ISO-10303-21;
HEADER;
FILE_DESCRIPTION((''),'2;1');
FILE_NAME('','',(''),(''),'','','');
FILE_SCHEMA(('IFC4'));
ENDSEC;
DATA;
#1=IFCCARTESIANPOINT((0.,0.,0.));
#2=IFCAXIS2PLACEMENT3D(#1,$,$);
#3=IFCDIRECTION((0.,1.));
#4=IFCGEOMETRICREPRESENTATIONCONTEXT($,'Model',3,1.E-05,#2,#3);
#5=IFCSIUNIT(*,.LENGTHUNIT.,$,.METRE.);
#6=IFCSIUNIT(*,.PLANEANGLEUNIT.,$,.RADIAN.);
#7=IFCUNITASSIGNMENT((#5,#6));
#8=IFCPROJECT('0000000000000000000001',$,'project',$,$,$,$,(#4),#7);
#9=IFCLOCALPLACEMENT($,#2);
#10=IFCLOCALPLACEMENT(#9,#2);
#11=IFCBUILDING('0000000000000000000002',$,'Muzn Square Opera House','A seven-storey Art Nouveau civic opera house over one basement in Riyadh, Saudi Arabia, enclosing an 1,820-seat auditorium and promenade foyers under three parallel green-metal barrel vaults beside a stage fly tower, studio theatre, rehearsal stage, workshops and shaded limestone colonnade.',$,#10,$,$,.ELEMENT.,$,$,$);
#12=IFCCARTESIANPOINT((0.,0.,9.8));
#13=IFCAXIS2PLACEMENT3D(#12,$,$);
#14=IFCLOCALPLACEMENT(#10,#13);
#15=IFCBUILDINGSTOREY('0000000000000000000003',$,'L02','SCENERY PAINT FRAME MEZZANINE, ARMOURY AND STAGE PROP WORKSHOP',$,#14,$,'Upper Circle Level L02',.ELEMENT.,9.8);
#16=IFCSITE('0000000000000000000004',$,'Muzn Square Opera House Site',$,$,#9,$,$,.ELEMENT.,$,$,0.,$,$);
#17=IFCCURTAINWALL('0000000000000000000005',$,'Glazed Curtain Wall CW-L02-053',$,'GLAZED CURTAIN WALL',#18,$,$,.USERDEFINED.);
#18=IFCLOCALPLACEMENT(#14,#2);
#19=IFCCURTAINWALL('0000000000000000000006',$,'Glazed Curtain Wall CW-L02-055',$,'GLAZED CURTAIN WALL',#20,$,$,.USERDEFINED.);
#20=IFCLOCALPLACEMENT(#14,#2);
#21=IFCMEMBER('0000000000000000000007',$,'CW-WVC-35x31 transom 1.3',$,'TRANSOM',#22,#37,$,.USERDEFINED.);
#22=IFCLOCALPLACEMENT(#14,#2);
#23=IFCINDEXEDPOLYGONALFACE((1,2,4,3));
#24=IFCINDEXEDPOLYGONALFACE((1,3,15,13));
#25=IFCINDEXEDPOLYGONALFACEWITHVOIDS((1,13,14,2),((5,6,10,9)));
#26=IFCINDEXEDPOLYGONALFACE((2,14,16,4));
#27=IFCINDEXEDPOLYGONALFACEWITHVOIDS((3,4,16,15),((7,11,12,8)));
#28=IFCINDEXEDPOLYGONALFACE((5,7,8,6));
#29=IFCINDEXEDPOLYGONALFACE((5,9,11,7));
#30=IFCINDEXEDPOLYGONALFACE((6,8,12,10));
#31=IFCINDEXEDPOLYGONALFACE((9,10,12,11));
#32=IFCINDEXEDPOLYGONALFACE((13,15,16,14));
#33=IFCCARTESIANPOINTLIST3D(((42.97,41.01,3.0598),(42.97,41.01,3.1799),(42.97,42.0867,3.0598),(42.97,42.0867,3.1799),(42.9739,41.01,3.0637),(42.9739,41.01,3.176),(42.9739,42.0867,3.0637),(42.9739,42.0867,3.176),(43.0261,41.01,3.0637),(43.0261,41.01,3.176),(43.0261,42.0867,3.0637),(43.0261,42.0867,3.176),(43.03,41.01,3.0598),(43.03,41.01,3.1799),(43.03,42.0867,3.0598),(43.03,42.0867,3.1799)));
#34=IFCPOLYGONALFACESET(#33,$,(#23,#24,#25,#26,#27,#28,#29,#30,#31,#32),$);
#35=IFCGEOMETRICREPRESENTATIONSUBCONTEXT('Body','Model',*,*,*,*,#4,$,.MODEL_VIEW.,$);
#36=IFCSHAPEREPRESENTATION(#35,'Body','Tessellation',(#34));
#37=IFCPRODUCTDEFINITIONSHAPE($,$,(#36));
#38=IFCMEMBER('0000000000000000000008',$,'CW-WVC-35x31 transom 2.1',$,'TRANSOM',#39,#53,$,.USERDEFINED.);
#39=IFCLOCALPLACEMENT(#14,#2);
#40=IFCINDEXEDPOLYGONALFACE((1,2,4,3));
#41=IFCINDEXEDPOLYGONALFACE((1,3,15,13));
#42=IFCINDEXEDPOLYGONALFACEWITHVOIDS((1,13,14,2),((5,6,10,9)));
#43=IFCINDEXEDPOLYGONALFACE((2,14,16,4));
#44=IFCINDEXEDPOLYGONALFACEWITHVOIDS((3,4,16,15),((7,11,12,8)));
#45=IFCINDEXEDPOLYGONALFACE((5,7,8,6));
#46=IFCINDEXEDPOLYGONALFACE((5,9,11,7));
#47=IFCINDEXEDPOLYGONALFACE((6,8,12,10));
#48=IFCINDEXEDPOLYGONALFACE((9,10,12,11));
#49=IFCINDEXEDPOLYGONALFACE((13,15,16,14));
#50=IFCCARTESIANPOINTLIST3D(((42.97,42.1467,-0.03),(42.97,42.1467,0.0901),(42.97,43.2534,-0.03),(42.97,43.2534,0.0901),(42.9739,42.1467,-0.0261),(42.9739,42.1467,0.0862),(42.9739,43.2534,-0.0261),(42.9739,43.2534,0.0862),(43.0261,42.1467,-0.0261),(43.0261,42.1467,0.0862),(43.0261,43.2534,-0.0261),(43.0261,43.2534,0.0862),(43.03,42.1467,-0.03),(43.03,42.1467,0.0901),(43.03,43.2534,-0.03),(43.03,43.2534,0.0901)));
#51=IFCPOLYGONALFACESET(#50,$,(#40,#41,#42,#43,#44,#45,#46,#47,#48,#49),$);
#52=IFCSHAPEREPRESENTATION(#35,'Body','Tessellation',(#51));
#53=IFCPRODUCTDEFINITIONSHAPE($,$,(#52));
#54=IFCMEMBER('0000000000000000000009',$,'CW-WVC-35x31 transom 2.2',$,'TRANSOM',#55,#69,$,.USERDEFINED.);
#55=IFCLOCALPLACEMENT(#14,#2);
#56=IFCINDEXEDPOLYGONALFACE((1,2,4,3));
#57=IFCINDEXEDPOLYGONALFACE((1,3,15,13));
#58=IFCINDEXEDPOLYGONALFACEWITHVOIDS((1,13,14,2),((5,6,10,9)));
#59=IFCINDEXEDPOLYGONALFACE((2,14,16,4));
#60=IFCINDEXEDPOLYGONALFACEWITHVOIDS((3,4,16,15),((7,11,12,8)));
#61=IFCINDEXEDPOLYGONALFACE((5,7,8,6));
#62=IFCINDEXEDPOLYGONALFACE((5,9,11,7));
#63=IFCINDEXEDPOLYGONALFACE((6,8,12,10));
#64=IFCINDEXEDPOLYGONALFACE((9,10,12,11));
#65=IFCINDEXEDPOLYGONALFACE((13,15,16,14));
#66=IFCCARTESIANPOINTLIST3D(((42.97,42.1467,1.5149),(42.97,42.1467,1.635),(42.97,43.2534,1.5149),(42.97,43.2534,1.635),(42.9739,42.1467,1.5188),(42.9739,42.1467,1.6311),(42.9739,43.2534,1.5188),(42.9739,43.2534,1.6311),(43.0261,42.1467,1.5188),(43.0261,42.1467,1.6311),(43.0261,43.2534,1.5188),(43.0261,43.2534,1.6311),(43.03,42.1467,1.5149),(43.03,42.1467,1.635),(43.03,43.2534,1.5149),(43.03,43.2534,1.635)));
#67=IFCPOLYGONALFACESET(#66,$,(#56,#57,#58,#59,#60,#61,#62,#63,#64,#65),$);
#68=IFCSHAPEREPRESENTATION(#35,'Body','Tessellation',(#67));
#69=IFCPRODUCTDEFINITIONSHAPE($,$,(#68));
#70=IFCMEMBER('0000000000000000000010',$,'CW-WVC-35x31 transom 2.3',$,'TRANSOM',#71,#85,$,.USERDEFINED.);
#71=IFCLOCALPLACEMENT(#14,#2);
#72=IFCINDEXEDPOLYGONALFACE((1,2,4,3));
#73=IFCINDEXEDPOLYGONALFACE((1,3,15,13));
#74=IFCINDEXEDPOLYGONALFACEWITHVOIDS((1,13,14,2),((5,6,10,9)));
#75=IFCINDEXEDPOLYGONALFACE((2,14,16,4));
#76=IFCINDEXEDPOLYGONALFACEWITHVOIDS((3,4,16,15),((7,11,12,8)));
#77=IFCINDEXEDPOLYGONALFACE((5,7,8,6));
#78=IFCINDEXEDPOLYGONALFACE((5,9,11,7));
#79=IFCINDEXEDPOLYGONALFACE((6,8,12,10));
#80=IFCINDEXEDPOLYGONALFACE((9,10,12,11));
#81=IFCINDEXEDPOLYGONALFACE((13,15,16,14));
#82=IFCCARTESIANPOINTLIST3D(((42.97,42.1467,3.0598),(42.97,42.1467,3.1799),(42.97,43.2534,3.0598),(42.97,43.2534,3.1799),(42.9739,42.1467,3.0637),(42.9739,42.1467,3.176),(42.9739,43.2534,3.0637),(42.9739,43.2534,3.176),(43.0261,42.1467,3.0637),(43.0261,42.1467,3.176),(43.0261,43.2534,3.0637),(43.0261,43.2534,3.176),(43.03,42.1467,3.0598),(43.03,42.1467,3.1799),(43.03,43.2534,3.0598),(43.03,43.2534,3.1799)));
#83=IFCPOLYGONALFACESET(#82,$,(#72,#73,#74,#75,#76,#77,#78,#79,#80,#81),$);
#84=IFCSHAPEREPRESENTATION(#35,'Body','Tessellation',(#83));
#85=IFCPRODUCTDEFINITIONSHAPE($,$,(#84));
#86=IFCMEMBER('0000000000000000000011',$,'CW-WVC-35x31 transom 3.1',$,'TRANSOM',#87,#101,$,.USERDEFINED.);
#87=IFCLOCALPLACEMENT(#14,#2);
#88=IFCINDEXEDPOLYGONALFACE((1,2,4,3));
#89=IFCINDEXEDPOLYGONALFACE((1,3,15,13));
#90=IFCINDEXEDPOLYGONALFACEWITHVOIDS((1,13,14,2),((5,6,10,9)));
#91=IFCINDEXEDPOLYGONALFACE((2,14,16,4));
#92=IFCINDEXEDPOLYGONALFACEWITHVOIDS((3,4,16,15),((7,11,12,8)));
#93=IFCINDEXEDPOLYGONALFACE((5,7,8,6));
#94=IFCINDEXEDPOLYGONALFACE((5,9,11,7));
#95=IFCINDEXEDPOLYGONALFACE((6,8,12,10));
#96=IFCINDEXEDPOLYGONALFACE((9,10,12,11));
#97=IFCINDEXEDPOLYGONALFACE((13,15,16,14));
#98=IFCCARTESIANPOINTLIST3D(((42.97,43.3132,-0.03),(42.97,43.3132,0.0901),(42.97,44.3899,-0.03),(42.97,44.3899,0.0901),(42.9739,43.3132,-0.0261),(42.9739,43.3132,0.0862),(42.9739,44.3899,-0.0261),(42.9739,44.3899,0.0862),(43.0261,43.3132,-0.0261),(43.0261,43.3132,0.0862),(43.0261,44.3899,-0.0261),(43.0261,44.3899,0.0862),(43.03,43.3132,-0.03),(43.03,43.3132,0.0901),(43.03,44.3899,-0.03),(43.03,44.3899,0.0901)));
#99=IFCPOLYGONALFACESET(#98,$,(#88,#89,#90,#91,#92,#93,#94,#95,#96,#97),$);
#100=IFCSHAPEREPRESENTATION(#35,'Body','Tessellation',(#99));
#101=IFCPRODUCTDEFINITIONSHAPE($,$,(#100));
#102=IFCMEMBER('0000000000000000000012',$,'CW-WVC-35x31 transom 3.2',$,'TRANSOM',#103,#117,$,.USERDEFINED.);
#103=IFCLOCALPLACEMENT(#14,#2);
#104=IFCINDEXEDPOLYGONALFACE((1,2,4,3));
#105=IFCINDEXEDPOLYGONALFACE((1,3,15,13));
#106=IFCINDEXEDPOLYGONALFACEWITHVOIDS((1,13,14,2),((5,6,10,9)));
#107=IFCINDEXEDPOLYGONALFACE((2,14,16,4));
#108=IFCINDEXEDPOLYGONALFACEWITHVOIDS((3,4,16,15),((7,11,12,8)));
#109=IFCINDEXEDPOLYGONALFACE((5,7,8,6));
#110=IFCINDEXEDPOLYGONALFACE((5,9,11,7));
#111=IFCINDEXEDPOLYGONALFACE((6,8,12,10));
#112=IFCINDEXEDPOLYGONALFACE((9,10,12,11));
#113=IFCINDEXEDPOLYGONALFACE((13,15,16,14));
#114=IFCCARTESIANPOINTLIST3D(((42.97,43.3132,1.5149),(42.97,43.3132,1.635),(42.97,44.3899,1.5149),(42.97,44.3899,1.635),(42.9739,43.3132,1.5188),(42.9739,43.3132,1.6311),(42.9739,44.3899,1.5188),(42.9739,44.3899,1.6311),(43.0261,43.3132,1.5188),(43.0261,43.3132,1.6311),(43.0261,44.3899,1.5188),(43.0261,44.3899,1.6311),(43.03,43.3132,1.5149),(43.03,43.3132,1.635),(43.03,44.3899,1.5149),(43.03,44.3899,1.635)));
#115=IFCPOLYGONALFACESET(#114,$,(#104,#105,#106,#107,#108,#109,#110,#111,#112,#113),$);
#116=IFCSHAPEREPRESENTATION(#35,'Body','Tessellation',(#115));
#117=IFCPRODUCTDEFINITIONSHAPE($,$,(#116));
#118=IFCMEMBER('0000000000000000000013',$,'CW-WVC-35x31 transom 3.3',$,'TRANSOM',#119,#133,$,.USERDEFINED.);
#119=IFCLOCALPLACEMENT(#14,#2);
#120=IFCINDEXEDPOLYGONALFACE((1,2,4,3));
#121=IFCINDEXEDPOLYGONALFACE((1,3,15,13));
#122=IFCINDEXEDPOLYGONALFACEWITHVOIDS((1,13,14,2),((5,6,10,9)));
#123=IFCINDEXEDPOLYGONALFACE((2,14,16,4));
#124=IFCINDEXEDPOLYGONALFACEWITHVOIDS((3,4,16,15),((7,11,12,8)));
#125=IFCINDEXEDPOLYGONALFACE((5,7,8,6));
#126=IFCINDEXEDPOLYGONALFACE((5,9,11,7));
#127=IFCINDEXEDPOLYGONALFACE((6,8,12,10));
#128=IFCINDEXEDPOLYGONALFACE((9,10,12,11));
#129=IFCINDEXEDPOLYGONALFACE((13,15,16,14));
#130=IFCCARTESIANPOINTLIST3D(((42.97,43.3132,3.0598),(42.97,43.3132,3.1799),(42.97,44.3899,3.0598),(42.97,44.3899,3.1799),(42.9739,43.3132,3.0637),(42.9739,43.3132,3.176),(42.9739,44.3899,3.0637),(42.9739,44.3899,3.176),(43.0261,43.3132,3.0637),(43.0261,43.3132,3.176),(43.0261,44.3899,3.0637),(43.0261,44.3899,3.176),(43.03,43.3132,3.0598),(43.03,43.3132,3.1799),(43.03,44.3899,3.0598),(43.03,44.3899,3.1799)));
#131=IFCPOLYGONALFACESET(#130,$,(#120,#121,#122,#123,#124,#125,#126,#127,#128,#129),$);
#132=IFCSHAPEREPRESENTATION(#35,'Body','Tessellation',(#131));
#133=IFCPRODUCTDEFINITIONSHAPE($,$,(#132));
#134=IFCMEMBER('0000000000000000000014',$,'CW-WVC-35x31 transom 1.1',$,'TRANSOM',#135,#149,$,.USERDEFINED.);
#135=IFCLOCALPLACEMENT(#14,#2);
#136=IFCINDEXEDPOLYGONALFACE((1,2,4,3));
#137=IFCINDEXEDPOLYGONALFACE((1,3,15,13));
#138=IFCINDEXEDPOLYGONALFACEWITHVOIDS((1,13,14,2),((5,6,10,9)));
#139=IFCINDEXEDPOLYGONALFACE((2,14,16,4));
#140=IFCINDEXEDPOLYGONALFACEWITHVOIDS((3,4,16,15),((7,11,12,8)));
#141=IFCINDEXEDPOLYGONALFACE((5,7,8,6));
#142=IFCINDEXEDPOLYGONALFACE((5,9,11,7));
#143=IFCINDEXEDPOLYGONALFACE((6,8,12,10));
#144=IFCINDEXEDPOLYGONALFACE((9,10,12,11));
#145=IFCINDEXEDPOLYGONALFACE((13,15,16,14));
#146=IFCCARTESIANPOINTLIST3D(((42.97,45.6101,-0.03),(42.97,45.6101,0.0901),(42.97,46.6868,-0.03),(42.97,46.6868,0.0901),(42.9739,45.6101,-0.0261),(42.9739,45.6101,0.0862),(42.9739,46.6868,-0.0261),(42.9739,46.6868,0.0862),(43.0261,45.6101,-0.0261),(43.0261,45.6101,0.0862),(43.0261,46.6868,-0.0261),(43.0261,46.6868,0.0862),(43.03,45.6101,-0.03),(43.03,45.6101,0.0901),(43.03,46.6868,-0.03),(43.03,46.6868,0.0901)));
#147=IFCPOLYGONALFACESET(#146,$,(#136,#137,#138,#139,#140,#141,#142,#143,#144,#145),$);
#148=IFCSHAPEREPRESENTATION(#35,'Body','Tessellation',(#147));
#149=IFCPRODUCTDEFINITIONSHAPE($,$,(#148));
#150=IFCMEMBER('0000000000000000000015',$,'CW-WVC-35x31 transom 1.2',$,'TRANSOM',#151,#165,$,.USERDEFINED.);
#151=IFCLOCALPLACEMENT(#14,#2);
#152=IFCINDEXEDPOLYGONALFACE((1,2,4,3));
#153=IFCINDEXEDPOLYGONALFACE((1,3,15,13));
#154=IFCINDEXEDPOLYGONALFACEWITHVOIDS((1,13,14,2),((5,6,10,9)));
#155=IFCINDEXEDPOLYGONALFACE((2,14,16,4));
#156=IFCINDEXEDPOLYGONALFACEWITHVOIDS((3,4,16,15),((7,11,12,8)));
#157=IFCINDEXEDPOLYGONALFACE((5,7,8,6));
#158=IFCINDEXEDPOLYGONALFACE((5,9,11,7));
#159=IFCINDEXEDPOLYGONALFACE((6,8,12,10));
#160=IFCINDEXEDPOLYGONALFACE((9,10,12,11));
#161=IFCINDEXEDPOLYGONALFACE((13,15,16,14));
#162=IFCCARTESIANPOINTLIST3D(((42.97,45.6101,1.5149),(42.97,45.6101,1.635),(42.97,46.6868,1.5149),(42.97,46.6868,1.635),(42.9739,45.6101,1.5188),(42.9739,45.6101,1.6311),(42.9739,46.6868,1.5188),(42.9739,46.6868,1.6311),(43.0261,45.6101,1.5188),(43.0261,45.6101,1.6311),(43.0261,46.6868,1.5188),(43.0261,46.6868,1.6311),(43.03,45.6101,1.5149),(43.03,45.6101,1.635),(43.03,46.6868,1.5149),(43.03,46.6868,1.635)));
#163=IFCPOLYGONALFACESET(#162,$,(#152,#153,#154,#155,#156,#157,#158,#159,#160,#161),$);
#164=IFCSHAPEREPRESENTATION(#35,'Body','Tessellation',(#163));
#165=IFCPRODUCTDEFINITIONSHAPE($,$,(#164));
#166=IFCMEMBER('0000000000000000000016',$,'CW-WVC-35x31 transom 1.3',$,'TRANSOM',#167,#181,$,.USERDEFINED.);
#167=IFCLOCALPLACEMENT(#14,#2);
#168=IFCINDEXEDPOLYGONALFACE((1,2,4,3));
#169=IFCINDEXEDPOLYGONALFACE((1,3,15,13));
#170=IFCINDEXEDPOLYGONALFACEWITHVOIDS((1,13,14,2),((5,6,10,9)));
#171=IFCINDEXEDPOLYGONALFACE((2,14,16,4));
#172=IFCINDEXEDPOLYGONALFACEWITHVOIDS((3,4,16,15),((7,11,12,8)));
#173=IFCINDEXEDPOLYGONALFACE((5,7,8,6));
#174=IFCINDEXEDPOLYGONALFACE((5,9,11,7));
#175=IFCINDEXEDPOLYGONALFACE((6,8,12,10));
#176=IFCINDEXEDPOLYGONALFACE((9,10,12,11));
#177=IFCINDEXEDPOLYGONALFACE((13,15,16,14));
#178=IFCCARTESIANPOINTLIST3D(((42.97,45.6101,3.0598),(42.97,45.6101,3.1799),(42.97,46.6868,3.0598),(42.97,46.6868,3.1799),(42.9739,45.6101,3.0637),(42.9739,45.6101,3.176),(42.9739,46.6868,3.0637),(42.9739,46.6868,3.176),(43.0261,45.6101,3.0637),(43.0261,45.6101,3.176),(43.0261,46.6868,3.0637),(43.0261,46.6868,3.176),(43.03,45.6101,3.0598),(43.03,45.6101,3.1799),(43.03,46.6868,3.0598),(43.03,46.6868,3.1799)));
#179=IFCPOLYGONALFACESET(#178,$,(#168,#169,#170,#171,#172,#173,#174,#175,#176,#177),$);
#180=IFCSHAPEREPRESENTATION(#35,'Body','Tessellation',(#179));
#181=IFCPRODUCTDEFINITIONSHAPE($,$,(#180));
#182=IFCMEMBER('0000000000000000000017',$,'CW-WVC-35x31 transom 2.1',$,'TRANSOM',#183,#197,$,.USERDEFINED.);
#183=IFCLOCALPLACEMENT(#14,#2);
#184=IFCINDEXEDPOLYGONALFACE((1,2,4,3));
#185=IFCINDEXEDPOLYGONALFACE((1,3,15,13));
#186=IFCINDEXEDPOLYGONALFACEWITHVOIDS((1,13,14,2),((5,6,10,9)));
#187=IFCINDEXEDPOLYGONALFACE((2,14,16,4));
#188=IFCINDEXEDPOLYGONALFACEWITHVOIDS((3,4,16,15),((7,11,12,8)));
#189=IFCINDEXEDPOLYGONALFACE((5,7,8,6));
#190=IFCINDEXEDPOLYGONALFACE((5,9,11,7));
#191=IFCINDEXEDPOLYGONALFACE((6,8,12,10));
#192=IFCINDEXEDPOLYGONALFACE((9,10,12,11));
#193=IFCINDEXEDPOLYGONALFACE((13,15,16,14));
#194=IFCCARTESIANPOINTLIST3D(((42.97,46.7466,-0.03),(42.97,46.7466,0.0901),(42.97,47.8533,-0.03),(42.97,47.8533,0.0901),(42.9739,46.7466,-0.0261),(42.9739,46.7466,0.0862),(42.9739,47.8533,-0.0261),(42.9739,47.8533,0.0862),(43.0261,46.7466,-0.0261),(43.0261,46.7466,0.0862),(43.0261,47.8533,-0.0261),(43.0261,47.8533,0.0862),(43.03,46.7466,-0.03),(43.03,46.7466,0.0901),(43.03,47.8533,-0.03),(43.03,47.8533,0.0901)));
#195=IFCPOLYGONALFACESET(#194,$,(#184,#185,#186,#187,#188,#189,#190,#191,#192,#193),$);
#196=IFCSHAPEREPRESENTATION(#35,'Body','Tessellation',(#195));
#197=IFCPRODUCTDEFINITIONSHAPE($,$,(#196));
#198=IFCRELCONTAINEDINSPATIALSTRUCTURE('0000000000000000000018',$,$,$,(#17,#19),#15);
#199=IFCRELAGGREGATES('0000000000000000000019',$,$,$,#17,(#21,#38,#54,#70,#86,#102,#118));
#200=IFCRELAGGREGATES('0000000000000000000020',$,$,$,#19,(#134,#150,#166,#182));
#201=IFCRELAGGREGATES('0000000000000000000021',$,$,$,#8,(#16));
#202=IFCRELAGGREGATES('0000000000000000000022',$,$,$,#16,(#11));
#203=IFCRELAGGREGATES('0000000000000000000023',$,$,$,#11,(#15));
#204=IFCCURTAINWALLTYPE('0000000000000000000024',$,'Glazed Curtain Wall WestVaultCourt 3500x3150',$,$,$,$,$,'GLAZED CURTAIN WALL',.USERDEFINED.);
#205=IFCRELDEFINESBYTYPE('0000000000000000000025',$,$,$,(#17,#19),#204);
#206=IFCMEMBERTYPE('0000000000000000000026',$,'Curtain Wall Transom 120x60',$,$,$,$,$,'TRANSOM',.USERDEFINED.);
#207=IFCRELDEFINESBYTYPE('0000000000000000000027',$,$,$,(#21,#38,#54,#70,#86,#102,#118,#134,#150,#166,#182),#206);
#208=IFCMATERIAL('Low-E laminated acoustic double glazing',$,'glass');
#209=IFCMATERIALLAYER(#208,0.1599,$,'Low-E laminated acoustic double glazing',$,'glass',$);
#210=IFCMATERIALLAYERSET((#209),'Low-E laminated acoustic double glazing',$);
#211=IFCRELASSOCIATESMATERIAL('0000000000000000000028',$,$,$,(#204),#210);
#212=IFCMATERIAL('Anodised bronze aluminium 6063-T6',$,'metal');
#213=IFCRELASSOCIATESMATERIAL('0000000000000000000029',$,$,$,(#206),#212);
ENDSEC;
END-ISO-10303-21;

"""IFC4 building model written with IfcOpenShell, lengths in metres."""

from ifc_helpers import new_model, si_unit, direction, frame, origin, origin_2d, place, context, subcontext, project, spatial, hollow_rectangle, extrude, material, layer, layer_set, material_profile, profile_set, type_object, element, aggregate, save


model = new_model("IFC4")

# Units and contexts
model_context = context("Model", 3, precision=1e-05, world=origin(), true_north=direction((0.0, 1.0)))
body_context = subcontext(model_context, "Body", "Model", "MODEL_VIEW")
ifc_project = project(units=[si_unit("LENGTHUNIT", "METRE"), si_unit("PLANEANGLEUNIT", "RADIAN")], contexts=[model_context])

# Site, building, storey
site_placement = place(None, origin())
site = spatial("IfcSite", under=ifc_project, at=site_placement, Name="Muzn Square Opera House Site", CompositionType="ELEMENT", RefElevation=0.0)
building_placement = place(site_placement, origin())
building = spatial("IfcBuilding", under=site, at=building_placement, Name="Muzn Square Opera House", Description="A seven-storey Art Nouveau civic opera house over one basement in Riyadh, Saudi Arabia, enclosing an 1,820-seat auditorium and promenade foyers under three parallel green-metal barrel vaults beside a stage fly tower, studio theatre, rehearsal stage, workshops and shaded limestone colonnade.", CompositionType="ELEMENT")
storey_placement = place(building_placement, frame((0.0, 0.0, 9.8)))
storey = spatial("IfcBuildingStorey", under=building, at=storey_placement, Name="L02", Description="SCENERY PAINT FRAME MEZZANINE, ARMOURY AND STAGE PROP WORKSHOP", LongName="Upper Circle Level L02", CompositionType="ELEMENT", Elevation=9.8)

# Shared definitions
ifc_material_1 = material(Name="Low-E laminated acoustic double glazing", Category="glass")
ifc_layer_1 = layer(ifc_material_1, 0.1599, Name="Low-E laminated acoustic double glazing", Category="glass")
ifc_layer_set_1 = layer_set([ifc_layer_1], Name="Low-E laminated acoustic double glazing")
curtain_wall_type = type_object("IfcCurtainWallType", Name="Glazed Curtain Wall WestVaultCourt 3500x3150", ElementType="GLAZED CURTAIN WALL", PredefinedType="USERDEFINED", material=ifc_layer_set_1)
ifc_material_2 = material(Name="Anodised bronze aluminium 6063-T6", Category="metal")

# Curtain walls
curtain_wall_1_placement = place(storey_placement, origin())
curtain_wall_1 = element("IfcCurtainWall", 1, at=curtain_wall_1_placement, inside=storey, type_object=curtain_wall_type, Name="Glazed Curtain Wall CW-L02-053", ObjectType="GLAZED CURTAIN WALL", PredefinedType="USERDEFINED")
curtain_wall_2_placement = place(storey_placement, origin())
curtain_wall_2 = element("IfcCurtainWall", 2, at=curtain_wall_2_placement, inside=storey, type_object=curtain_wall_type, Name="Glazed Curtain Wall CW-L02-055", ObjectType="GLAZED CURTAIN WALL", PredefinedType="USERDEFINED")

# Members
ifc_material_profile_1 = material_profile(ifc_material_2, hollow_rectangle(XDim=0.0601, YDim=0.1201, WallThickness=0.0039, at=origin_2d()), Name="ALU 120x60x4", Category="metal")
ifc_profile_set_1 = profile_set([ifc_material_profile_1], Name="Anodised bronze aluminium 6063-T6")
member_type_1 = type_object("IfcMemberType", Name="Curtain Wall Transom 120x60", ElementType="TRANSOM", PredefinedType="USERDEFINED", material=ifc_profile_set_1)
member_1_placement = place(storey_placement, frame((43.0, 41.01, 3.1199), z_axis=(0.0, 1.0, 0.0), x_axis=(-1.0, 0.0, 0.0)))
member_1 = element("IfcMember", 3, at=member_1_placement, type_object=member_type_1, Name="CW-WVC-35x31 transom 1.3", ObjectType="TRANSOM", PredefinedType="USERDEFINED", context=body_context, shape_type="SweptSolid", body=[
    extrude(hollow_rectangle(XDim=0.0601, YDim=0.1201, WallThickness=0.0039, at=origin_2d()), origin(), (0.0, 0.0, 1.0), 1.0767),
])
member_2_placement = place(storey_placement, frame((43.0, 42.1467, 0.03), z_axis=(0.0, 1.0, 0.0), x_axis=(-1.0, 0.0, 0.0)))
member_2 = element("IfcMember", 4, at=member_2_placement, type_object=member_type_1, Name="CW-WVC-35x31 transom 2.1", ObjectType="TRANSOM", PredefinedType="USERDEFINED", context=body_context, shape_type="SweptSolid", body=[
    extrude(hollow_rectangle(XDim=0.0601, YDim=0.1201, WallThickness=0.0039, at=origin_2d()), origin(), (0.0, 0.0, 1.0), 1.1067),
])
member_3_placement = place(storey_placement, frame((43.0, 42.1467, 1.575), z_axis=(0.0, 1.0, 0.0), x_axis=(-1.0, 0.0, 0.0)))
member_3 = element("IfcMember", 5, at=member_3_placement, type_object=member_type_1, Name="CW-WVC-35x31 transom 2.2", ObjectType="TRANSOM", PredefinedType="USERDEFINED", context=body_context, shape_type="SweptSolid", body=[
    extrude(hollow_rectangle(XDim=0.0601, YDim=0.1201, WallThickness=0.0039, at=origin_2d()), origin(), (0.0, 0.0, 1.0), 1.1067),
])
member_4_placement = place(storey_placement, frame((43.0, 42.1467, 3.1199), z_axis=(0.0, 1.0, 0.0), x_axis=(-1.0, 0.0, 0.0)))
member_4 = element("IfcMember", 6, at=member_4_placement, type_object=member_type_1, Name="CW-WVC-35x31 transom 2.3", ObjectType="TRANSOM", PredefinedType="USERDEFINED", context=body_context, shape_type="SweptSolid", body=[
    extrude(hollow_rectangle(XDim=0.0601, YDim=0.1201, WallThickness=0.0039, at=origin_2d()), origin(), (0.0, 0.0, 1.0), 1.1067),
])
member_5_placement = place(storey_placement, frame((43.0, 43.3132, 0.03), z_axis=(0.0, 1.0, 0.0), x_axis=(-1.0, 0.0, 0.0)))
member_5 = element("IfcMember", 7, at=member_5_placement, type_object=member_type_1, Name="CW-WVC-35x31 transom 3.1", ObjectType="TRANSOM", PredefinedType="USERDEFINED", context=body_context, shape_type="SweptSolid", body=[
    extrude(hollow_rectangle(XDim=0.0601, YDim=0.1201, WallThickness=0.0039, at=origin_2d()), origin(), (0.0, 0.0, 1.0), 1.0767),
])
member_6_placement = place(storey_placement, frame((43.0, 43.3132, 1.575), z_axis=(0.0, 1.0, 0.0), x_axis=(-1.0, 0.0, 0.0)))
member_6 = element("IfcMember", 8, at=member_6_placement, type_object=member_type_1, Name="CW-WVC-35x31 transom 3.2", ObjectType="TRANSOM", PredefinedType="USERDEFINED", context=body_context, shape_type="SweptSolid", body=[
    extrude(hollow_rectangle(XDim=0.0601, YDim=0.1201, WallThickness=0.0039, at=origin_2d()), origin(), (0.0, 0.0, 1.0), 1.0767),
])
member_7_placement = place(storey_placement, frame((43.0, 43.3132, 3.1199), z_axis=(0.0, 1.0, 0.0), x_axis=(-1.0, 0.0, 0.0)))
member_7 = element("IfcMember", 9, at=member_7_placement, type_object=member_type_1, Name="CW-WVC-35x31 transom 3.3", ObjectType="TRANSOM", PredefinedType="USERDEFINED", context=body_context, shape_type="SweptSolid", body=[
    extrude(hollow_rectangle(XDim=0.0601, YDim=0.1201, WallThickness=0.0039, at=origin_2d()), origin(), (0.0, 0.0, 1.0), 1.0767),
])
member_8_placement = place(storey_placement, frame((43.0, 45.6101, 0.03), z_axis=(0.0, 1.0, 0.0), x_axis=(-1.0, 0.0, 0.0)))
member_8 = element("IfcMember", 10, at=member_8_placement, type_object=member_type_1, Name="CW-WVC-35x31 transom 1.1", ObjectType="TRANSOM", PredefinedType="USERDEFINED", context=body_context, shape_type="SweptSolid", body=[
    extrude(hollow_rectangle(XDim=0.0601, YDim=0.1201, WallThickness=0.0039, at=origin_2d()), origin(), (0.0, 0.0, 1.0), 1.0767),
])
member_9_placement = place(storey_placement, frame((43.0, 45.6101, 1.575), z_axis=(0.0, 1.0, 0.0), x_axis=(-1.0, 0.0, 0.0)))
member_9 = element("IfcMember", 11, at=member_9_placement, type_object=member_type_1, Name="CW-WVC-35x31 transom 1.2", ObjectType="TRANSOM", PredefinedType="USERDEFINED", context=body_context, shape_type="SweptSolid", body=[
    extrude(hollow_rectangle(XDim=0.0601, YDim=0.1201, WallThickness=0.0039, at=origin_2d()), origin(), (0.0, 0.0, 1.0), 1.0767),
])
member_10_placement = place(storey_placement, frame((43.0, 45.6101, 3.1199), z_axis=(0.0, 1.0, 0.0), x_axis=(-1.0, 0.0, 0.0)))
member_10 = element("IfcMember", 12, at=member_10_placement, type_object=member_type_1, Name="CW-WVC-35x31 transom 1.3", ObjectType="TRANSOM", PredefinedType="USERDEFINED", context=body_context, shape_type="SweptSolid", body=[
    extrude(hollow_rectangle(XDim=0.0601, YDim=0.1201, WallThickness=0.0039, at=origin_2d()), origin(), (0.0, 0.0, 1.0), 1.0767),
])
member_11_placement = place(storey_placement, frame((43.0, 46.7466, 0.03), z_axis=(0.0, 1.0, 0.0), x_axis=(-1.0, 0.0, 0.0)))
member_11 = element("IfcMember", 13, at=member_11_placement, type_object=member_type_1, Name="CW-WVC-35x31 transom 2.1", ObjectType="TRANSOM", PredefinedType="USERDEFINED", context=body_context, shape_type="SweptSolid", body=[
    extrude(hollow_rectangle(XDim=0.0601, YDim=0.1201, WallThickness=0.0039, at=origin_2d()), origin(), (0.0, 0.0, 1.0), 1.1067),
])

aggregate(curtain_wall_1, [member_1, member_2, member_3, member_4, member_5, member_6, member_7])
aggregate(curtain_wall_2, [member_8, member_9, member_10, member_11])

save(model, "model.ifc")
